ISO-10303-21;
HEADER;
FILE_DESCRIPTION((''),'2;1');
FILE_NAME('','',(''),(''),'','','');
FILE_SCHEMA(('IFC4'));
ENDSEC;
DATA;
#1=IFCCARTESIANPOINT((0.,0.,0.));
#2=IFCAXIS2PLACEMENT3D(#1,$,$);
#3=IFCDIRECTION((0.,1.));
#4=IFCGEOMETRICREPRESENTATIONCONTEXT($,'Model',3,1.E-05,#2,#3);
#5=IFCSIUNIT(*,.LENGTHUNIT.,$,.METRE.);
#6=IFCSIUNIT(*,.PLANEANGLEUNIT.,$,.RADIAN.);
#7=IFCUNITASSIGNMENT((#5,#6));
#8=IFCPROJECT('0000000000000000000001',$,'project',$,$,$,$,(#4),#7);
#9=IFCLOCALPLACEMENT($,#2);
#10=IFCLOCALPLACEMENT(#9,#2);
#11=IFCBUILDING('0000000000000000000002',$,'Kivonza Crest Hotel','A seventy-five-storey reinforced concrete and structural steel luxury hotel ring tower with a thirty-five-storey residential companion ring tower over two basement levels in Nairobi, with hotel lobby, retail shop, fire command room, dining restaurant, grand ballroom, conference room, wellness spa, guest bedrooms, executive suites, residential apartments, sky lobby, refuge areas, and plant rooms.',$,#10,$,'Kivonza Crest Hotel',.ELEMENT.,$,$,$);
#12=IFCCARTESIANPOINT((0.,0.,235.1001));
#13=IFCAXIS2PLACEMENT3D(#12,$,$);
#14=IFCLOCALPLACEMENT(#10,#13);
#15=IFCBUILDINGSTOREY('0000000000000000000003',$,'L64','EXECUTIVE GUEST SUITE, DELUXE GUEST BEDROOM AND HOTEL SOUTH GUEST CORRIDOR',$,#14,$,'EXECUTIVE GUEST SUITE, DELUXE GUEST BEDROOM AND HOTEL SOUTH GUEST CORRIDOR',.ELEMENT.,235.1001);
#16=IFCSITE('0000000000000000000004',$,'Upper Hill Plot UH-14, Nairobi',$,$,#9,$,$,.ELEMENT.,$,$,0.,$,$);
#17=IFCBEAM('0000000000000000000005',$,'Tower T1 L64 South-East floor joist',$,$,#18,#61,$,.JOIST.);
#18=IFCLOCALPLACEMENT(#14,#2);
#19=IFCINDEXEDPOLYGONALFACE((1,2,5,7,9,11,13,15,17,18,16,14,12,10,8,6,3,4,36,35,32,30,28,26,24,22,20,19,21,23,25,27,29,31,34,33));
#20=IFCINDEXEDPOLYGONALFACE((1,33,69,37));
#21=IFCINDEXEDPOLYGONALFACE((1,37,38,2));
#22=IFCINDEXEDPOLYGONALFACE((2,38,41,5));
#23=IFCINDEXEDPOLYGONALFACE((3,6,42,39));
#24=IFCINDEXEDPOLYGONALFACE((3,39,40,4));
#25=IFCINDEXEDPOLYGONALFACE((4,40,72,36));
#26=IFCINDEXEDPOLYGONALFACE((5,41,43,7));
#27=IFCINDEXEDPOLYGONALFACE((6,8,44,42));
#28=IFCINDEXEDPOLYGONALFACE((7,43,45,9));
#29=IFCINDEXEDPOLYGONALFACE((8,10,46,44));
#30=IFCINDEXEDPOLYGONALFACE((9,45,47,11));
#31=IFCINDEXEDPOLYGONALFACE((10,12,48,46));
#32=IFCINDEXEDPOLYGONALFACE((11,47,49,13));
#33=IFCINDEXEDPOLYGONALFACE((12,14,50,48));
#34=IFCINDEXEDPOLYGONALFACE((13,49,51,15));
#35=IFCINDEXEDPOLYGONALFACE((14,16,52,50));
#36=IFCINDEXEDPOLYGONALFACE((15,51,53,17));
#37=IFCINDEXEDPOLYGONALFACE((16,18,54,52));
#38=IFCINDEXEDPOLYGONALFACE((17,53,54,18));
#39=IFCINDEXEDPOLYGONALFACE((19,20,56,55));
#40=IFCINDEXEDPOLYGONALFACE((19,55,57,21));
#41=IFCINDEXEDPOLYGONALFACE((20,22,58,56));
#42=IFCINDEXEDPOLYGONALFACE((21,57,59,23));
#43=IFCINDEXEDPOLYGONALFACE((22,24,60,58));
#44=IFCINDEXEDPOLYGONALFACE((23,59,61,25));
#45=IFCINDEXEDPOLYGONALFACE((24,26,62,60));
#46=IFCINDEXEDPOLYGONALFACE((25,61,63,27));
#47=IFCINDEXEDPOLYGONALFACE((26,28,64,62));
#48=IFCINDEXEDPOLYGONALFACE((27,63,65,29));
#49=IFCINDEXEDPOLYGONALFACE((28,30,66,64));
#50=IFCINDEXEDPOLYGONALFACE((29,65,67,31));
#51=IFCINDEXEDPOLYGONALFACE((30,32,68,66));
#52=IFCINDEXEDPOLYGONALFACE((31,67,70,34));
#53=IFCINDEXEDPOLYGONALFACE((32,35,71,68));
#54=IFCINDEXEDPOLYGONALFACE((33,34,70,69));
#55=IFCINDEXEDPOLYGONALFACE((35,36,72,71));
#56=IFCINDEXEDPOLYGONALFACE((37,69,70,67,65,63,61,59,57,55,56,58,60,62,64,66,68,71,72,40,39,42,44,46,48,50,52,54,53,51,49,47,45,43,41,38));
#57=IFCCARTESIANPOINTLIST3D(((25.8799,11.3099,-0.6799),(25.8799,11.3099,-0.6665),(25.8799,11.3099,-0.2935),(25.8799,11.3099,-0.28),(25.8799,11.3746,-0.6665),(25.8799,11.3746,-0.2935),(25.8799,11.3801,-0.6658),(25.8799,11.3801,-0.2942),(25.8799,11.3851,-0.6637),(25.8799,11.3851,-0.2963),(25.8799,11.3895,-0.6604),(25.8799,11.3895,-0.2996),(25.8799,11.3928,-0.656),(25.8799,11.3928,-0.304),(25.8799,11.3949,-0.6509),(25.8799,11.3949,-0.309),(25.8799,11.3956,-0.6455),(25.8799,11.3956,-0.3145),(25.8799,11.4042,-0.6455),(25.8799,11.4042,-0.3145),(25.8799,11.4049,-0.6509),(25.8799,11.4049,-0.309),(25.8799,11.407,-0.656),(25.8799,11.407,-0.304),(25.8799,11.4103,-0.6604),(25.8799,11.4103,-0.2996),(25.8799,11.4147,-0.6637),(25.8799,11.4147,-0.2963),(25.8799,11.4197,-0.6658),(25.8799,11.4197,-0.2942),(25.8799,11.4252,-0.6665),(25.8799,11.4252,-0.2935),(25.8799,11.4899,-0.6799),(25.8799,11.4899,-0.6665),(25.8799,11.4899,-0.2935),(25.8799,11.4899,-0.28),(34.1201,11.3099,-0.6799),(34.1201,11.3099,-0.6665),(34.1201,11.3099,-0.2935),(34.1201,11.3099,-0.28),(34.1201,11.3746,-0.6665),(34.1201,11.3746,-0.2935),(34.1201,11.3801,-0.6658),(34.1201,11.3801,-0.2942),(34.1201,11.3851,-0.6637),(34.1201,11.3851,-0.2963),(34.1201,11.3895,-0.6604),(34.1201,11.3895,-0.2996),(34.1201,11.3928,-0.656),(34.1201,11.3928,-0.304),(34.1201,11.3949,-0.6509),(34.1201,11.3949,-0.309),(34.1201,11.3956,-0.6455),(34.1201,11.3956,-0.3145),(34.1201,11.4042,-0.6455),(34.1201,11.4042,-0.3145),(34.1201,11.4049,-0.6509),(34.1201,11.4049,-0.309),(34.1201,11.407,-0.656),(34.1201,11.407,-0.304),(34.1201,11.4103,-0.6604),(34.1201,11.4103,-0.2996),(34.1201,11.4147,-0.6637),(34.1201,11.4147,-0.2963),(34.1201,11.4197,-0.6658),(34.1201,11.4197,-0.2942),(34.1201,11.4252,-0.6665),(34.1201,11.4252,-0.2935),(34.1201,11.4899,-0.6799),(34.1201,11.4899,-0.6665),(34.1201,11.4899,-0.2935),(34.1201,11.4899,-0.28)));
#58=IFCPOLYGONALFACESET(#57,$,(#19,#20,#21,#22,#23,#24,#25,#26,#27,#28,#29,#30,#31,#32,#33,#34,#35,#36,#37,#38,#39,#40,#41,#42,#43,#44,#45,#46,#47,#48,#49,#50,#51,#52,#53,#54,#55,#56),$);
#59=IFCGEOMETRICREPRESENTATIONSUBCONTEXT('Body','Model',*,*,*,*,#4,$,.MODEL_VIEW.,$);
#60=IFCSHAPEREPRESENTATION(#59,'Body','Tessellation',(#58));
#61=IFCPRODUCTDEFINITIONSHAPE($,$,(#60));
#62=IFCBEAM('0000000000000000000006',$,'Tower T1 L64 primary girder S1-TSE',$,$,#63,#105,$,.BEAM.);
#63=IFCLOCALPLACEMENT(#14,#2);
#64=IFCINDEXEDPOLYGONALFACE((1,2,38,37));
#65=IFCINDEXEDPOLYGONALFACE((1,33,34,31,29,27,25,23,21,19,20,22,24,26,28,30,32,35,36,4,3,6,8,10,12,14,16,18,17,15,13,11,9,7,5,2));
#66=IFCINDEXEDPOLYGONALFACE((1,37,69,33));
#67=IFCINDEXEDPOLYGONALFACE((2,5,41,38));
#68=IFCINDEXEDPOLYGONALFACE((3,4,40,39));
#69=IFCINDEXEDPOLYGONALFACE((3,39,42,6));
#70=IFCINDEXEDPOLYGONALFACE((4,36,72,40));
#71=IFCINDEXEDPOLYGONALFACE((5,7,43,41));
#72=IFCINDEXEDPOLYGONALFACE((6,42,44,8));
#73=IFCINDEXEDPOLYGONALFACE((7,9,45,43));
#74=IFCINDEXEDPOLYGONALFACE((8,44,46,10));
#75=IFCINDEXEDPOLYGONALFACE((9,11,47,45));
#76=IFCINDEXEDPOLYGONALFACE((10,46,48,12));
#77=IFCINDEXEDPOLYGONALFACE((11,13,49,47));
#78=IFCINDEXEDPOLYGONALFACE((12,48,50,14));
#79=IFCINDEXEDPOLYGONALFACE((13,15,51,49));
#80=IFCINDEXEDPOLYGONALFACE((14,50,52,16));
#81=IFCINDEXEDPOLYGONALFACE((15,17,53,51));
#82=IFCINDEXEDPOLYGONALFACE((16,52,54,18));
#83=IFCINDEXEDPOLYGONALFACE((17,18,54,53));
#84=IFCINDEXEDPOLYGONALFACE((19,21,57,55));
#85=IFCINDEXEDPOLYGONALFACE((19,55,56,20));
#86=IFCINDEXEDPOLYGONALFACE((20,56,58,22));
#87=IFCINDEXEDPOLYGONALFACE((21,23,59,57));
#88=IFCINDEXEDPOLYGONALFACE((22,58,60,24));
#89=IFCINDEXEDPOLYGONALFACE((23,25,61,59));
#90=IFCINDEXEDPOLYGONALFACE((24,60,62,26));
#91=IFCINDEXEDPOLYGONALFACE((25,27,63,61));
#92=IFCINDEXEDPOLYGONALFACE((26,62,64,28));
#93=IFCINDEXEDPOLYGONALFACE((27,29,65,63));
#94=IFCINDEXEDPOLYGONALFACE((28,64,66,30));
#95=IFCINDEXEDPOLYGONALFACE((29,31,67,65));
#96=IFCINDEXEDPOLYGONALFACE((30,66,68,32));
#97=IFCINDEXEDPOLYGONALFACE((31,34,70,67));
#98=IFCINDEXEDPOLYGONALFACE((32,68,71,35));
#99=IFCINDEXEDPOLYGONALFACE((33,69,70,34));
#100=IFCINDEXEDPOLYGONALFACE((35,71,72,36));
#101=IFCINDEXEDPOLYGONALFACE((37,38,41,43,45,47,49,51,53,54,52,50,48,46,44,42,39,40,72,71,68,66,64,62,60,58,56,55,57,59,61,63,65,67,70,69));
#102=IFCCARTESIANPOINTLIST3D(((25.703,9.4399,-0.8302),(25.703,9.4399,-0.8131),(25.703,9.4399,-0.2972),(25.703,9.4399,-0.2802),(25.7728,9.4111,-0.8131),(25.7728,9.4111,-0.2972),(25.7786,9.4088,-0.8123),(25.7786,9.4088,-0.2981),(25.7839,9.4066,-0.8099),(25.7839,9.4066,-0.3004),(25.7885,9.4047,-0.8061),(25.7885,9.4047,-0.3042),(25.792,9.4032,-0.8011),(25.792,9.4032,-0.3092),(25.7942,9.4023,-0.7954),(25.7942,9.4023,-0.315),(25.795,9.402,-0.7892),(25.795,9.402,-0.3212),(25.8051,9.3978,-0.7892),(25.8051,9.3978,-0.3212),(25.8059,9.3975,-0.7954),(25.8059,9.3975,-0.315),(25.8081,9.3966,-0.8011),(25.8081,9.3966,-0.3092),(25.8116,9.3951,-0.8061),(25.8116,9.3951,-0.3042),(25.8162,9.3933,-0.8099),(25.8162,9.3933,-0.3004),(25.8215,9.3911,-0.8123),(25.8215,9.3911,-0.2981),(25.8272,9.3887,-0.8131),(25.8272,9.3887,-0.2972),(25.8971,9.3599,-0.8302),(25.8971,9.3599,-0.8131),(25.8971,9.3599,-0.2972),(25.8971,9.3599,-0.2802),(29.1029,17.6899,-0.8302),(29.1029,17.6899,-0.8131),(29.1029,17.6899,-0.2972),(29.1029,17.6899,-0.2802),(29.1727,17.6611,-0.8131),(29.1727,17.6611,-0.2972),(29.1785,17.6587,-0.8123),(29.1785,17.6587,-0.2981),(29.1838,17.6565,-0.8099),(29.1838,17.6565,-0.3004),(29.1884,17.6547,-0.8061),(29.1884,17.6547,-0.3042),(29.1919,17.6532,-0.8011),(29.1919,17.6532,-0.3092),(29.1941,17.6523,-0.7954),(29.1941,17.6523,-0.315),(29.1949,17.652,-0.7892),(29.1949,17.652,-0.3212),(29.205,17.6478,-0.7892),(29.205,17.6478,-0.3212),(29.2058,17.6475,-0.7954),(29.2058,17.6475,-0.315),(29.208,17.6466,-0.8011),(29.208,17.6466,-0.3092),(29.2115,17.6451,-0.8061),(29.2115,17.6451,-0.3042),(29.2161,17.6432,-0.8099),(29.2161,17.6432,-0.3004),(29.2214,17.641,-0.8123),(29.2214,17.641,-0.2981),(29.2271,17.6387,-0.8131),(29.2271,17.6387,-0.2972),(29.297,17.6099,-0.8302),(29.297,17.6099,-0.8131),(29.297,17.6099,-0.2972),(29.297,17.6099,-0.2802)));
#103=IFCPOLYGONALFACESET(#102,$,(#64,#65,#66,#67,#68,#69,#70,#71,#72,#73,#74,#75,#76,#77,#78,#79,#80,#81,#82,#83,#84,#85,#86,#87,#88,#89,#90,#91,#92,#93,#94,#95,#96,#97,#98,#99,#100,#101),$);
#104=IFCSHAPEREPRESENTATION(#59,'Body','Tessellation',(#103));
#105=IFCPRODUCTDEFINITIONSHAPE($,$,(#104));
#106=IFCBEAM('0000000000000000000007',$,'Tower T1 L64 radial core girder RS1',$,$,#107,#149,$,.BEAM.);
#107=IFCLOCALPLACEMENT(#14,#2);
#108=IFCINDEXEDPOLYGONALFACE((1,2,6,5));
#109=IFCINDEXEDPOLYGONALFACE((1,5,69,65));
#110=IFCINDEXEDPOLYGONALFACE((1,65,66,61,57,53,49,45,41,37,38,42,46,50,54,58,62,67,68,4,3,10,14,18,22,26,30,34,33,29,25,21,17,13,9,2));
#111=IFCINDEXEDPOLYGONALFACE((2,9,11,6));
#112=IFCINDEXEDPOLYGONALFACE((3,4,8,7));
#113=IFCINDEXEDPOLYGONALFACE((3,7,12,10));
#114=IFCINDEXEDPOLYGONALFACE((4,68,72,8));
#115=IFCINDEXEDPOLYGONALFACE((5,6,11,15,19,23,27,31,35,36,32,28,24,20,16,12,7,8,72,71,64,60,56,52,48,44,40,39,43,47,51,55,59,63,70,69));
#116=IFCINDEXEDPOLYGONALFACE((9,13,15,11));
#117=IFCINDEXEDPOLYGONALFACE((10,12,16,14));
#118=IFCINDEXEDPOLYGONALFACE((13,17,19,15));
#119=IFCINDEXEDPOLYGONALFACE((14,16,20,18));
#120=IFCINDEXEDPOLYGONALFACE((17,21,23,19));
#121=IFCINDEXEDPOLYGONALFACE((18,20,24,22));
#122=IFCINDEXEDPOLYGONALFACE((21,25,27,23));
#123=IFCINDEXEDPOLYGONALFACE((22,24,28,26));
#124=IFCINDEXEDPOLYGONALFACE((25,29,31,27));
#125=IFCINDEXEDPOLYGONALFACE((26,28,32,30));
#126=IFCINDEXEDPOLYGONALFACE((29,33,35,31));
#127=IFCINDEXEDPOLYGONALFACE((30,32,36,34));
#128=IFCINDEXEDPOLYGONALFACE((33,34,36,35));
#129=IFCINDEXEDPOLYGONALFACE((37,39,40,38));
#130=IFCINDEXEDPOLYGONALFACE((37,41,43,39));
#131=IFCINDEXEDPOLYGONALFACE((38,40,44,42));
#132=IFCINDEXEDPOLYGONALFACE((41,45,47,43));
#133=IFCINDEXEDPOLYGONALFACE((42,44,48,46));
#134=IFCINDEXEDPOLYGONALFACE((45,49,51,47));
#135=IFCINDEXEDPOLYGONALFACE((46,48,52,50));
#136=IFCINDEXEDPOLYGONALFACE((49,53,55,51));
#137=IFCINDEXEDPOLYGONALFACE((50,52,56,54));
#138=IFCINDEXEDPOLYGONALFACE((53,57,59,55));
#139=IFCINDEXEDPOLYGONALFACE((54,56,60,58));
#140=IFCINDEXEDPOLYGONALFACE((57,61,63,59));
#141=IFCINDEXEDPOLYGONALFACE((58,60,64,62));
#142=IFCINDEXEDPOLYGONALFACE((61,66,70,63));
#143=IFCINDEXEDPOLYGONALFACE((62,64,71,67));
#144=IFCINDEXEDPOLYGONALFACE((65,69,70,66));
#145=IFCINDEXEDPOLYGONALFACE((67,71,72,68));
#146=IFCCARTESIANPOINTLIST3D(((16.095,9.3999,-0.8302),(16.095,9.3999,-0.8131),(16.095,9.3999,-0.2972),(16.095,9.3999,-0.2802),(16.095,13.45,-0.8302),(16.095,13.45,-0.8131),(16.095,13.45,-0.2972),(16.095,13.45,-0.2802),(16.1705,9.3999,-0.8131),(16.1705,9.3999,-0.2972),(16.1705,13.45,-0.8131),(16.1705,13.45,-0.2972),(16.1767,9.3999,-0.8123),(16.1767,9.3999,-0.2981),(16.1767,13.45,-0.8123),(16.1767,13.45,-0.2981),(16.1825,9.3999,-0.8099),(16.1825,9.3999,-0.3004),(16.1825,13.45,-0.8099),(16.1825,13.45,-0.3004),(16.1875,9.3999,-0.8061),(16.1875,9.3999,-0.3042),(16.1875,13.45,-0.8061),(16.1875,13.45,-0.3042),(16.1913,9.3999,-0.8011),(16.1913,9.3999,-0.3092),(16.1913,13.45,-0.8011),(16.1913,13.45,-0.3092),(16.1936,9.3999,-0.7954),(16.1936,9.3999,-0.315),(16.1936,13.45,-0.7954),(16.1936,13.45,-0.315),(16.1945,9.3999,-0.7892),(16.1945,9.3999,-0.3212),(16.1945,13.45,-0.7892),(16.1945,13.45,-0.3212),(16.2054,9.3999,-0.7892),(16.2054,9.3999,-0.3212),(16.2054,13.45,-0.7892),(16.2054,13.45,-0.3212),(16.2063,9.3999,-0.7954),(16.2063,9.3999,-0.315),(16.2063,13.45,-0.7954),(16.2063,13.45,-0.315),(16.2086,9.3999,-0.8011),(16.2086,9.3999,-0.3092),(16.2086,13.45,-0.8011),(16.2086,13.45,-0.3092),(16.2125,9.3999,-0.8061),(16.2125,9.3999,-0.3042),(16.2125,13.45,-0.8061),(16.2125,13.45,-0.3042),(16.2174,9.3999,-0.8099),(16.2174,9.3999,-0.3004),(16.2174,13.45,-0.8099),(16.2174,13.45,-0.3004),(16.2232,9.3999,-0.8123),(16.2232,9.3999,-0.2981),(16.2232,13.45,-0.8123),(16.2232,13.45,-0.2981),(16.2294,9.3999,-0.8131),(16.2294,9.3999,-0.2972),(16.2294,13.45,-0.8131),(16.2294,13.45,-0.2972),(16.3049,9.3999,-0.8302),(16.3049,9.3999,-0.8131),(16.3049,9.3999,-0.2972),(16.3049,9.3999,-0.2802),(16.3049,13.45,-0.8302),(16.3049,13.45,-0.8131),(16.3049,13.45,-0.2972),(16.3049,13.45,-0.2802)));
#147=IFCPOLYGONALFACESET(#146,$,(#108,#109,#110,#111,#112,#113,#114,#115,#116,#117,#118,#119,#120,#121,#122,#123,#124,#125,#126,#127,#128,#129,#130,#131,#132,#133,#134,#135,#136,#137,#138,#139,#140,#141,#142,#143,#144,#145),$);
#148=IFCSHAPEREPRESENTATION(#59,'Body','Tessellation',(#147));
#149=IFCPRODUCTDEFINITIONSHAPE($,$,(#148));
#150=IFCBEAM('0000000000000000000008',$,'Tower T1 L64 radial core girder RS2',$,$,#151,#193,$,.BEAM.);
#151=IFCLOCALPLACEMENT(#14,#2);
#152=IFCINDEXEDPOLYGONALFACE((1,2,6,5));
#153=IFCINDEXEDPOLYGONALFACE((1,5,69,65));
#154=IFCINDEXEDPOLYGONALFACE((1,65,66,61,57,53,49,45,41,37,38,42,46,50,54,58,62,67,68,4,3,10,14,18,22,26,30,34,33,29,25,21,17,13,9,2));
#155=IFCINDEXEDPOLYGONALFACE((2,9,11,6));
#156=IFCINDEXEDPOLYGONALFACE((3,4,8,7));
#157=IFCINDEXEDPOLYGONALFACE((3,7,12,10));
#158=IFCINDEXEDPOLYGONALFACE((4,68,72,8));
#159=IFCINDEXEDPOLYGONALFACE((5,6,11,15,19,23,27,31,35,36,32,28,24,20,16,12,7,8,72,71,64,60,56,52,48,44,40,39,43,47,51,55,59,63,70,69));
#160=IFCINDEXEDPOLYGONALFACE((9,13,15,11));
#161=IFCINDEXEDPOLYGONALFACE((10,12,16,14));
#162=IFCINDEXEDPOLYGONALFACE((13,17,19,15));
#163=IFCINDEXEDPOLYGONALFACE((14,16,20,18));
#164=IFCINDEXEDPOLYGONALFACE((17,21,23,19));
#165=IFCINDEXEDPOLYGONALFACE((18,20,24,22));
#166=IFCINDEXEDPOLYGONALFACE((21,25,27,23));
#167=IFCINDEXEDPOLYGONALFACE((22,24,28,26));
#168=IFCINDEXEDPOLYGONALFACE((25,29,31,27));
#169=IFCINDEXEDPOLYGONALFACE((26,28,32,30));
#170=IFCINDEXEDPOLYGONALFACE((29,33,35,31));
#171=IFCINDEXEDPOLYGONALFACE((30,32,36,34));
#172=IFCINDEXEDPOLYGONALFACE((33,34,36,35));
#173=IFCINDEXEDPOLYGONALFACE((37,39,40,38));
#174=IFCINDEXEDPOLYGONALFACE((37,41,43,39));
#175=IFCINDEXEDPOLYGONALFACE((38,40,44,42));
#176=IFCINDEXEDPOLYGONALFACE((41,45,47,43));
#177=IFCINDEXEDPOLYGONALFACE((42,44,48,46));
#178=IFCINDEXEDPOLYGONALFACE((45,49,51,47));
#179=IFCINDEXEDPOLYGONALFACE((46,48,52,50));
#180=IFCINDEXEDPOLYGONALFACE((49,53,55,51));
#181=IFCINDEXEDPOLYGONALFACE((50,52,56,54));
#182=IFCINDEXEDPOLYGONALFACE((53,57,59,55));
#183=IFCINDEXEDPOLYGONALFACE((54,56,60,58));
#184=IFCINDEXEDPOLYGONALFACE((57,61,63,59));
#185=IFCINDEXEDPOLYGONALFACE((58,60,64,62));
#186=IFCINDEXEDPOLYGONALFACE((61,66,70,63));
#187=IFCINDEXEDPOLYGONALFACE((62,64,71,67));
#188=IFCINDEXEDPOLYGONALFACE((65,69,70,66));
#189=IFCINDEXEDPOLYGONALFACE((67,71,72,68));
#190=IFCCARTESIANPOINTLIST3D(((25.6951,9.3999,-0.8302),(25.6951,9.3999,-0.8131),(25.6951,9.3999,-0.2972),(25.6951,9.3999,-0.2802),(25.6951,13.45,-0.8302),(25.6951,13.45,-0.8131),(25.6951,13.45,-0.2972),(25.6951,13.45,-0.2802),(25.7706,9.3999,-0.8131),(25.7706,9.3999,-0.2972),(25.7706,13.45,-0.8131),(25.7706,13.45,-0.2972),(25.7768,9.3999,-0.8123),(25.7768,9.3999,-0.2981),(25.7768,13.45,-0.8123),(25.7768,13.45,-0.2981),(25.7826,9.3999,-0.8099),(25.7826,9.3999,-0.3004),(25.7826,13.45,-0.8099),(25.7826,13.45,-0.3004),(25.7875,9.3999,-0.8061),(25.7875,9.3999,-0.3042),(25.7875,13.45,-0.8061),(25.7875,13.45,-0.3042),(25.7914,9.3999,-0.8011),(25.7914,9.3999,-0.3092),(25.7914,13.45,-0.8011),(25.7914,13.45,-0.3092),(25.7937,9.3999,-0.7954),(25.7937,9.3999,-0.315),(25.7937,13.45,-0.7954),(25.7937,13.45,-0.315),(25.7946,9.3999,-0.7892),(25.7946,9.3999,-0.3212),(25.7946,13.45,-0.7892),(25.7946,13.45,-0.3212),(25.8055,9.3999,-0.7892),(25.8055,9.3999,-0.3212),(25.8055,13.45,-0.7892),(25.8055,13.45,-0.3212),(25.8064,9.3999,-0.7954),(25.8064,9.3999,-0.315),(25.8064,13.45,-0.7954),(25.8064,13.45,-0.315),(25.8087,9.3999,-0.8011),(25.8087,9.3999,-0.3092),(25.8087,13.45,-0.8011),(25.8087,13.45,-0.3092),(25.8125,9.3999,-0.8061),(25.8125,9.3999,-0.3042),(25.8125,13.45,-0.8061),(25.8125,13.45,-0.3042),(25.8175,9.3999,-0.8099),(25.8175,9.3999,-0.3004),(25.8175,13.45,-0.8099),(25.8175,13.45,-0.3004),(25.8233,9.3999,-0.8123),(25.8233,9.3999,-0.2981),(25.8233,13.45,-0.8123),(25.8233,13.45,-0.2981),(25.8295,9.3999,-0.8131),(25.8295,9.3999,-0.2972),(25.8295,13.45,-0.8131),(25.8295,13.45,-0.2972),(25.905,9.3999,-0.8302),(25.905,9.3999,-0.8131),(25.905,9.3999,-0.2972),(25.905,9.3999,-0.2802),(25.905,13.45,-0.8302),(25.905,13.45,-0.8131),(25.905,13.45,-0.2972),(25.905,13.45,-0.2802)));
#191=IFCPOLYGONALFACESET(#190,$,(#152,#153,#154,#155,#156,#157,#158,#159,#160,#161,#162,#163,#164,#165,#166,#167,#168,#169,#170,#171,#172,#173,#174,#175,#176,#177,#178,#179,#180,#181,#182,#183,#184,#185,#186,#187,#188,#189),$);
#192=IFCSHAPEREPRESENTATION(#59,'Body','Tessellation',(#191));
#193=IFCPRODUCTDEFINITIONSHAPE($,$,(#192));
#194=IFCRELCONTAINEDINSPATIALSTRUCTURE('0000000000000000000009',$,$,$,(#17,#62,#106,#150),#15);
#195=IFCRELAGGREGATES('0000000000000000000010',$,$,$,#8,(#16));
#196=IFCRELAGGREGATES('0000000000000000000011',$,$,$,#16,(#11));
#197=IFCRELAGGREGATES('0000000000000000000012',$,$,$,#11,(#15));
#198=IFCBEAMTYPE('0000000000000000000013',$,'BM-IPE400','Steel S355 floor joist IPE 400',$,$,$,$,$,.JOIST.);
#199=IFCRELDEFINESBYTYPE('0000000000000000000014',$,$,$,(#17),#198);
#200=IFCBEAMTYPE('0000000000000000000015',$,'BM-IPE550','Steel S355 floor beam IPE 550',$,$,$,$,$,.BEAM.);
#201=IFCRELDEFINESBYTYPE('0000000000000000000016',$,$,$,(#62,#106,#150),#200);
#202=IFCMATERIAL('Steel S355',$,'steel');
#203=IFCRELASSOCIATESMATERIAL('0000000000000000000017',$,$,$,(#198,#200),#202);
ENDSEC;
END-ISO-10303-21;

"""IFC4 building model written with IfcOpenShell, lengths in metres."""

from ifc_helpers import new_model, si_unit, direction, frame, origin, origin_2d, place, context, subcontext, project, spatial, i_section, extrude, material, material_profile, profile_set, type_object, element, save


model = new_model("IFC4")

# Units and contexts
model_context = context("Model", 3, precision=1e-05, world=origin(), true_north=direction((0.0, 1.0)))
body_context = subcontext(model_context, "Body", "Model", "MODEL_VIEW")
ifc_project = project(units=[si_unit("LENGTHUNIT", "METRE"), si_unit("PLANEANGLEUNIT", "RADIAN")], contexts=[model_context])

# Site, building, storey
site_placement = place(None, origin())
site = spatial("IfcSite", under=ifc_project, at=site_placement, Name="Upper Hill Plot UH-14, Nairobi", CompositionType="ELEMENT", RefElevation=0.0)
building_placement = place(site_placement, origin())
building = spatial("IfcBuilding", under=site, at=building_placement, Name="Kivonza Crest Hotel", Description="A seventy-five-storey reinforced concrete and structural steel luxury hotel ring tower with a thirty-five-storey residential companion ring tower over two basement levels in Nairobi, with hotel lobby, retail shop, fire command room, dining restaurant, grand ballroom, conference room, wellness spa, guest bedrooms, executive suites, residential apartments, sky lobby, refuge areas, and plant rooms.", LongName="Kivonza Crest Hotel", CompositionType="ELEMENT")
storey_placement = place(building_placement, frame((0.0, 0.0, 235.1001)))
storey = spatial("IfcBuildingStorey", under=building, at=storey_placement, Name="L64", Description="EXECUTIVE GUEST SUITE, DELUXE GUEST BEDROOM AND HOTEL SOUTH GUEST CORRIDOR", LongName="EXECUTIVE GUEST SUITE, DELUXE GUEST BEDROOM AND HOTEL SOUTH GUEST CORRIDOR", CompositionType="ELEMENT", Elevation=235.1001)

# Beams
ifc_material_1 = material(Name="Steel S355", Category="steel")
ifc_material_profile_1 = material_profile(ifc_material_1, i_section(OverallWidth=0.1799, OverallDepth=0.3999, WebThickness=0.0085, FlangeThickness=0.0134, FilletRadius=0.021, at=origin_2d()), Name="IPE 400")
ifc_profile_set_1 = profile_set([ifc_material_profile_1], Name="Steel S355")
beam_type_1 = type_object("IfcBeamType", Name="BM-IPE400", Description="Steel S355 floor joist IPE 400", PredefinedType="JOIST", material=ifc_profile_set_1)
beam_1_placement = place(storey_placement, frame((25.8799, 11.3999, -0.48), z_axis=(1.0, 0.0, 0.0), x_axis=(0.0, 1.0, 0.0)))
element("IfcBeam", 1, at=beam_1_placement, inside=storey, type_object=beam_type_1, Name="Tower T1 L64 South-East floor joist", PredefinedType="JOIST", context=body_context, shape_type="SweptSolid", body=[
    extrude(i_section(OverallWidth=0.1799, OverallDepth=0.3999, WebThickness=0.0085, FlangeThickness=0.0134, FilletRadius=0.021, at=origin_2d()), origin(), (0.0, 0.0, 1.0), 8.2402),
])
ifc_material_profile_2 = material_profile(ifc_material_1, i_section(OverallWidth=0.21, OverallDepth=0.55, WebThickness=0.011, FlangeThickness=0.0171, FilletRadius=0.0239, at=origin_2d()), Name="IPE 550")
ifc_profile_set_2 = profile_set([ifc_material_profile_2], Name="Steel S355")
beam_type_2 = type_object("IfcBeamType", Name="BM-IPE550", Description="Steel S355 floor beam IPE 550", PredefinedType="BEAM", material=ifc_profile_set_2)
beam_2_placement = place(storey_placement, frame((25.8, 9.3999, -0.5552), z_axis=(0.381022, 0.924566, 0.0), x_axis=(-0.924566, 0.381022, 0.0)))
element("IfcBeam", 2, at=beam_2_placement, inside=storey, type_object=beam_type_2, Name="Tower T1 L64 primary girder S1-TSE", PredefinedType="BEAM", context=body_context, shape_type="SweptSolid", body=[
    extrude(i_section(OverallWidth=0.21, OverallDepth=0.55, WebThickness=0.011, FlangeThickness=0.0171, FilletRadius=0.0239, at=origin_2d()), origin(), (0.0, 0.0, 1.0), 8.9231),
])
for number, where, z_axis, x_axis, name in (
    (3, (16.2, 9.3999, -0.5552), (0.0, 1.0, 0.0), (-1.0, 0.0, 0.0), "Tower T1 L64 radial core girder RS1"),
    (4, (25.8, 9.3999, -0.5552), (0.0, 1.0, 0.0), (-1.0, 0.0, 0.0), "Tower T1 L64 radial core girder RS2"),
):
    element("IfcBeam", number, at=place(storey_placement, frame(where, z_axis=z_axis, x_axis=x_axis)), inside=storey, type_object=beam_type_2, Name=name, PredefinedType="BEAM", context=body_context, shape_type="SweptSolid", body=[
        extrude(i_section(OverallWidth=0.21, OverallDepth=0.55, WebThickness=0.011, FlangeThickness=0.0171, FilletRadius=0.0239, at=origin_2d()), origin(), (0.0, 0.0, 1.0), 4.05),
    ])

save(model, "model.ifc")
